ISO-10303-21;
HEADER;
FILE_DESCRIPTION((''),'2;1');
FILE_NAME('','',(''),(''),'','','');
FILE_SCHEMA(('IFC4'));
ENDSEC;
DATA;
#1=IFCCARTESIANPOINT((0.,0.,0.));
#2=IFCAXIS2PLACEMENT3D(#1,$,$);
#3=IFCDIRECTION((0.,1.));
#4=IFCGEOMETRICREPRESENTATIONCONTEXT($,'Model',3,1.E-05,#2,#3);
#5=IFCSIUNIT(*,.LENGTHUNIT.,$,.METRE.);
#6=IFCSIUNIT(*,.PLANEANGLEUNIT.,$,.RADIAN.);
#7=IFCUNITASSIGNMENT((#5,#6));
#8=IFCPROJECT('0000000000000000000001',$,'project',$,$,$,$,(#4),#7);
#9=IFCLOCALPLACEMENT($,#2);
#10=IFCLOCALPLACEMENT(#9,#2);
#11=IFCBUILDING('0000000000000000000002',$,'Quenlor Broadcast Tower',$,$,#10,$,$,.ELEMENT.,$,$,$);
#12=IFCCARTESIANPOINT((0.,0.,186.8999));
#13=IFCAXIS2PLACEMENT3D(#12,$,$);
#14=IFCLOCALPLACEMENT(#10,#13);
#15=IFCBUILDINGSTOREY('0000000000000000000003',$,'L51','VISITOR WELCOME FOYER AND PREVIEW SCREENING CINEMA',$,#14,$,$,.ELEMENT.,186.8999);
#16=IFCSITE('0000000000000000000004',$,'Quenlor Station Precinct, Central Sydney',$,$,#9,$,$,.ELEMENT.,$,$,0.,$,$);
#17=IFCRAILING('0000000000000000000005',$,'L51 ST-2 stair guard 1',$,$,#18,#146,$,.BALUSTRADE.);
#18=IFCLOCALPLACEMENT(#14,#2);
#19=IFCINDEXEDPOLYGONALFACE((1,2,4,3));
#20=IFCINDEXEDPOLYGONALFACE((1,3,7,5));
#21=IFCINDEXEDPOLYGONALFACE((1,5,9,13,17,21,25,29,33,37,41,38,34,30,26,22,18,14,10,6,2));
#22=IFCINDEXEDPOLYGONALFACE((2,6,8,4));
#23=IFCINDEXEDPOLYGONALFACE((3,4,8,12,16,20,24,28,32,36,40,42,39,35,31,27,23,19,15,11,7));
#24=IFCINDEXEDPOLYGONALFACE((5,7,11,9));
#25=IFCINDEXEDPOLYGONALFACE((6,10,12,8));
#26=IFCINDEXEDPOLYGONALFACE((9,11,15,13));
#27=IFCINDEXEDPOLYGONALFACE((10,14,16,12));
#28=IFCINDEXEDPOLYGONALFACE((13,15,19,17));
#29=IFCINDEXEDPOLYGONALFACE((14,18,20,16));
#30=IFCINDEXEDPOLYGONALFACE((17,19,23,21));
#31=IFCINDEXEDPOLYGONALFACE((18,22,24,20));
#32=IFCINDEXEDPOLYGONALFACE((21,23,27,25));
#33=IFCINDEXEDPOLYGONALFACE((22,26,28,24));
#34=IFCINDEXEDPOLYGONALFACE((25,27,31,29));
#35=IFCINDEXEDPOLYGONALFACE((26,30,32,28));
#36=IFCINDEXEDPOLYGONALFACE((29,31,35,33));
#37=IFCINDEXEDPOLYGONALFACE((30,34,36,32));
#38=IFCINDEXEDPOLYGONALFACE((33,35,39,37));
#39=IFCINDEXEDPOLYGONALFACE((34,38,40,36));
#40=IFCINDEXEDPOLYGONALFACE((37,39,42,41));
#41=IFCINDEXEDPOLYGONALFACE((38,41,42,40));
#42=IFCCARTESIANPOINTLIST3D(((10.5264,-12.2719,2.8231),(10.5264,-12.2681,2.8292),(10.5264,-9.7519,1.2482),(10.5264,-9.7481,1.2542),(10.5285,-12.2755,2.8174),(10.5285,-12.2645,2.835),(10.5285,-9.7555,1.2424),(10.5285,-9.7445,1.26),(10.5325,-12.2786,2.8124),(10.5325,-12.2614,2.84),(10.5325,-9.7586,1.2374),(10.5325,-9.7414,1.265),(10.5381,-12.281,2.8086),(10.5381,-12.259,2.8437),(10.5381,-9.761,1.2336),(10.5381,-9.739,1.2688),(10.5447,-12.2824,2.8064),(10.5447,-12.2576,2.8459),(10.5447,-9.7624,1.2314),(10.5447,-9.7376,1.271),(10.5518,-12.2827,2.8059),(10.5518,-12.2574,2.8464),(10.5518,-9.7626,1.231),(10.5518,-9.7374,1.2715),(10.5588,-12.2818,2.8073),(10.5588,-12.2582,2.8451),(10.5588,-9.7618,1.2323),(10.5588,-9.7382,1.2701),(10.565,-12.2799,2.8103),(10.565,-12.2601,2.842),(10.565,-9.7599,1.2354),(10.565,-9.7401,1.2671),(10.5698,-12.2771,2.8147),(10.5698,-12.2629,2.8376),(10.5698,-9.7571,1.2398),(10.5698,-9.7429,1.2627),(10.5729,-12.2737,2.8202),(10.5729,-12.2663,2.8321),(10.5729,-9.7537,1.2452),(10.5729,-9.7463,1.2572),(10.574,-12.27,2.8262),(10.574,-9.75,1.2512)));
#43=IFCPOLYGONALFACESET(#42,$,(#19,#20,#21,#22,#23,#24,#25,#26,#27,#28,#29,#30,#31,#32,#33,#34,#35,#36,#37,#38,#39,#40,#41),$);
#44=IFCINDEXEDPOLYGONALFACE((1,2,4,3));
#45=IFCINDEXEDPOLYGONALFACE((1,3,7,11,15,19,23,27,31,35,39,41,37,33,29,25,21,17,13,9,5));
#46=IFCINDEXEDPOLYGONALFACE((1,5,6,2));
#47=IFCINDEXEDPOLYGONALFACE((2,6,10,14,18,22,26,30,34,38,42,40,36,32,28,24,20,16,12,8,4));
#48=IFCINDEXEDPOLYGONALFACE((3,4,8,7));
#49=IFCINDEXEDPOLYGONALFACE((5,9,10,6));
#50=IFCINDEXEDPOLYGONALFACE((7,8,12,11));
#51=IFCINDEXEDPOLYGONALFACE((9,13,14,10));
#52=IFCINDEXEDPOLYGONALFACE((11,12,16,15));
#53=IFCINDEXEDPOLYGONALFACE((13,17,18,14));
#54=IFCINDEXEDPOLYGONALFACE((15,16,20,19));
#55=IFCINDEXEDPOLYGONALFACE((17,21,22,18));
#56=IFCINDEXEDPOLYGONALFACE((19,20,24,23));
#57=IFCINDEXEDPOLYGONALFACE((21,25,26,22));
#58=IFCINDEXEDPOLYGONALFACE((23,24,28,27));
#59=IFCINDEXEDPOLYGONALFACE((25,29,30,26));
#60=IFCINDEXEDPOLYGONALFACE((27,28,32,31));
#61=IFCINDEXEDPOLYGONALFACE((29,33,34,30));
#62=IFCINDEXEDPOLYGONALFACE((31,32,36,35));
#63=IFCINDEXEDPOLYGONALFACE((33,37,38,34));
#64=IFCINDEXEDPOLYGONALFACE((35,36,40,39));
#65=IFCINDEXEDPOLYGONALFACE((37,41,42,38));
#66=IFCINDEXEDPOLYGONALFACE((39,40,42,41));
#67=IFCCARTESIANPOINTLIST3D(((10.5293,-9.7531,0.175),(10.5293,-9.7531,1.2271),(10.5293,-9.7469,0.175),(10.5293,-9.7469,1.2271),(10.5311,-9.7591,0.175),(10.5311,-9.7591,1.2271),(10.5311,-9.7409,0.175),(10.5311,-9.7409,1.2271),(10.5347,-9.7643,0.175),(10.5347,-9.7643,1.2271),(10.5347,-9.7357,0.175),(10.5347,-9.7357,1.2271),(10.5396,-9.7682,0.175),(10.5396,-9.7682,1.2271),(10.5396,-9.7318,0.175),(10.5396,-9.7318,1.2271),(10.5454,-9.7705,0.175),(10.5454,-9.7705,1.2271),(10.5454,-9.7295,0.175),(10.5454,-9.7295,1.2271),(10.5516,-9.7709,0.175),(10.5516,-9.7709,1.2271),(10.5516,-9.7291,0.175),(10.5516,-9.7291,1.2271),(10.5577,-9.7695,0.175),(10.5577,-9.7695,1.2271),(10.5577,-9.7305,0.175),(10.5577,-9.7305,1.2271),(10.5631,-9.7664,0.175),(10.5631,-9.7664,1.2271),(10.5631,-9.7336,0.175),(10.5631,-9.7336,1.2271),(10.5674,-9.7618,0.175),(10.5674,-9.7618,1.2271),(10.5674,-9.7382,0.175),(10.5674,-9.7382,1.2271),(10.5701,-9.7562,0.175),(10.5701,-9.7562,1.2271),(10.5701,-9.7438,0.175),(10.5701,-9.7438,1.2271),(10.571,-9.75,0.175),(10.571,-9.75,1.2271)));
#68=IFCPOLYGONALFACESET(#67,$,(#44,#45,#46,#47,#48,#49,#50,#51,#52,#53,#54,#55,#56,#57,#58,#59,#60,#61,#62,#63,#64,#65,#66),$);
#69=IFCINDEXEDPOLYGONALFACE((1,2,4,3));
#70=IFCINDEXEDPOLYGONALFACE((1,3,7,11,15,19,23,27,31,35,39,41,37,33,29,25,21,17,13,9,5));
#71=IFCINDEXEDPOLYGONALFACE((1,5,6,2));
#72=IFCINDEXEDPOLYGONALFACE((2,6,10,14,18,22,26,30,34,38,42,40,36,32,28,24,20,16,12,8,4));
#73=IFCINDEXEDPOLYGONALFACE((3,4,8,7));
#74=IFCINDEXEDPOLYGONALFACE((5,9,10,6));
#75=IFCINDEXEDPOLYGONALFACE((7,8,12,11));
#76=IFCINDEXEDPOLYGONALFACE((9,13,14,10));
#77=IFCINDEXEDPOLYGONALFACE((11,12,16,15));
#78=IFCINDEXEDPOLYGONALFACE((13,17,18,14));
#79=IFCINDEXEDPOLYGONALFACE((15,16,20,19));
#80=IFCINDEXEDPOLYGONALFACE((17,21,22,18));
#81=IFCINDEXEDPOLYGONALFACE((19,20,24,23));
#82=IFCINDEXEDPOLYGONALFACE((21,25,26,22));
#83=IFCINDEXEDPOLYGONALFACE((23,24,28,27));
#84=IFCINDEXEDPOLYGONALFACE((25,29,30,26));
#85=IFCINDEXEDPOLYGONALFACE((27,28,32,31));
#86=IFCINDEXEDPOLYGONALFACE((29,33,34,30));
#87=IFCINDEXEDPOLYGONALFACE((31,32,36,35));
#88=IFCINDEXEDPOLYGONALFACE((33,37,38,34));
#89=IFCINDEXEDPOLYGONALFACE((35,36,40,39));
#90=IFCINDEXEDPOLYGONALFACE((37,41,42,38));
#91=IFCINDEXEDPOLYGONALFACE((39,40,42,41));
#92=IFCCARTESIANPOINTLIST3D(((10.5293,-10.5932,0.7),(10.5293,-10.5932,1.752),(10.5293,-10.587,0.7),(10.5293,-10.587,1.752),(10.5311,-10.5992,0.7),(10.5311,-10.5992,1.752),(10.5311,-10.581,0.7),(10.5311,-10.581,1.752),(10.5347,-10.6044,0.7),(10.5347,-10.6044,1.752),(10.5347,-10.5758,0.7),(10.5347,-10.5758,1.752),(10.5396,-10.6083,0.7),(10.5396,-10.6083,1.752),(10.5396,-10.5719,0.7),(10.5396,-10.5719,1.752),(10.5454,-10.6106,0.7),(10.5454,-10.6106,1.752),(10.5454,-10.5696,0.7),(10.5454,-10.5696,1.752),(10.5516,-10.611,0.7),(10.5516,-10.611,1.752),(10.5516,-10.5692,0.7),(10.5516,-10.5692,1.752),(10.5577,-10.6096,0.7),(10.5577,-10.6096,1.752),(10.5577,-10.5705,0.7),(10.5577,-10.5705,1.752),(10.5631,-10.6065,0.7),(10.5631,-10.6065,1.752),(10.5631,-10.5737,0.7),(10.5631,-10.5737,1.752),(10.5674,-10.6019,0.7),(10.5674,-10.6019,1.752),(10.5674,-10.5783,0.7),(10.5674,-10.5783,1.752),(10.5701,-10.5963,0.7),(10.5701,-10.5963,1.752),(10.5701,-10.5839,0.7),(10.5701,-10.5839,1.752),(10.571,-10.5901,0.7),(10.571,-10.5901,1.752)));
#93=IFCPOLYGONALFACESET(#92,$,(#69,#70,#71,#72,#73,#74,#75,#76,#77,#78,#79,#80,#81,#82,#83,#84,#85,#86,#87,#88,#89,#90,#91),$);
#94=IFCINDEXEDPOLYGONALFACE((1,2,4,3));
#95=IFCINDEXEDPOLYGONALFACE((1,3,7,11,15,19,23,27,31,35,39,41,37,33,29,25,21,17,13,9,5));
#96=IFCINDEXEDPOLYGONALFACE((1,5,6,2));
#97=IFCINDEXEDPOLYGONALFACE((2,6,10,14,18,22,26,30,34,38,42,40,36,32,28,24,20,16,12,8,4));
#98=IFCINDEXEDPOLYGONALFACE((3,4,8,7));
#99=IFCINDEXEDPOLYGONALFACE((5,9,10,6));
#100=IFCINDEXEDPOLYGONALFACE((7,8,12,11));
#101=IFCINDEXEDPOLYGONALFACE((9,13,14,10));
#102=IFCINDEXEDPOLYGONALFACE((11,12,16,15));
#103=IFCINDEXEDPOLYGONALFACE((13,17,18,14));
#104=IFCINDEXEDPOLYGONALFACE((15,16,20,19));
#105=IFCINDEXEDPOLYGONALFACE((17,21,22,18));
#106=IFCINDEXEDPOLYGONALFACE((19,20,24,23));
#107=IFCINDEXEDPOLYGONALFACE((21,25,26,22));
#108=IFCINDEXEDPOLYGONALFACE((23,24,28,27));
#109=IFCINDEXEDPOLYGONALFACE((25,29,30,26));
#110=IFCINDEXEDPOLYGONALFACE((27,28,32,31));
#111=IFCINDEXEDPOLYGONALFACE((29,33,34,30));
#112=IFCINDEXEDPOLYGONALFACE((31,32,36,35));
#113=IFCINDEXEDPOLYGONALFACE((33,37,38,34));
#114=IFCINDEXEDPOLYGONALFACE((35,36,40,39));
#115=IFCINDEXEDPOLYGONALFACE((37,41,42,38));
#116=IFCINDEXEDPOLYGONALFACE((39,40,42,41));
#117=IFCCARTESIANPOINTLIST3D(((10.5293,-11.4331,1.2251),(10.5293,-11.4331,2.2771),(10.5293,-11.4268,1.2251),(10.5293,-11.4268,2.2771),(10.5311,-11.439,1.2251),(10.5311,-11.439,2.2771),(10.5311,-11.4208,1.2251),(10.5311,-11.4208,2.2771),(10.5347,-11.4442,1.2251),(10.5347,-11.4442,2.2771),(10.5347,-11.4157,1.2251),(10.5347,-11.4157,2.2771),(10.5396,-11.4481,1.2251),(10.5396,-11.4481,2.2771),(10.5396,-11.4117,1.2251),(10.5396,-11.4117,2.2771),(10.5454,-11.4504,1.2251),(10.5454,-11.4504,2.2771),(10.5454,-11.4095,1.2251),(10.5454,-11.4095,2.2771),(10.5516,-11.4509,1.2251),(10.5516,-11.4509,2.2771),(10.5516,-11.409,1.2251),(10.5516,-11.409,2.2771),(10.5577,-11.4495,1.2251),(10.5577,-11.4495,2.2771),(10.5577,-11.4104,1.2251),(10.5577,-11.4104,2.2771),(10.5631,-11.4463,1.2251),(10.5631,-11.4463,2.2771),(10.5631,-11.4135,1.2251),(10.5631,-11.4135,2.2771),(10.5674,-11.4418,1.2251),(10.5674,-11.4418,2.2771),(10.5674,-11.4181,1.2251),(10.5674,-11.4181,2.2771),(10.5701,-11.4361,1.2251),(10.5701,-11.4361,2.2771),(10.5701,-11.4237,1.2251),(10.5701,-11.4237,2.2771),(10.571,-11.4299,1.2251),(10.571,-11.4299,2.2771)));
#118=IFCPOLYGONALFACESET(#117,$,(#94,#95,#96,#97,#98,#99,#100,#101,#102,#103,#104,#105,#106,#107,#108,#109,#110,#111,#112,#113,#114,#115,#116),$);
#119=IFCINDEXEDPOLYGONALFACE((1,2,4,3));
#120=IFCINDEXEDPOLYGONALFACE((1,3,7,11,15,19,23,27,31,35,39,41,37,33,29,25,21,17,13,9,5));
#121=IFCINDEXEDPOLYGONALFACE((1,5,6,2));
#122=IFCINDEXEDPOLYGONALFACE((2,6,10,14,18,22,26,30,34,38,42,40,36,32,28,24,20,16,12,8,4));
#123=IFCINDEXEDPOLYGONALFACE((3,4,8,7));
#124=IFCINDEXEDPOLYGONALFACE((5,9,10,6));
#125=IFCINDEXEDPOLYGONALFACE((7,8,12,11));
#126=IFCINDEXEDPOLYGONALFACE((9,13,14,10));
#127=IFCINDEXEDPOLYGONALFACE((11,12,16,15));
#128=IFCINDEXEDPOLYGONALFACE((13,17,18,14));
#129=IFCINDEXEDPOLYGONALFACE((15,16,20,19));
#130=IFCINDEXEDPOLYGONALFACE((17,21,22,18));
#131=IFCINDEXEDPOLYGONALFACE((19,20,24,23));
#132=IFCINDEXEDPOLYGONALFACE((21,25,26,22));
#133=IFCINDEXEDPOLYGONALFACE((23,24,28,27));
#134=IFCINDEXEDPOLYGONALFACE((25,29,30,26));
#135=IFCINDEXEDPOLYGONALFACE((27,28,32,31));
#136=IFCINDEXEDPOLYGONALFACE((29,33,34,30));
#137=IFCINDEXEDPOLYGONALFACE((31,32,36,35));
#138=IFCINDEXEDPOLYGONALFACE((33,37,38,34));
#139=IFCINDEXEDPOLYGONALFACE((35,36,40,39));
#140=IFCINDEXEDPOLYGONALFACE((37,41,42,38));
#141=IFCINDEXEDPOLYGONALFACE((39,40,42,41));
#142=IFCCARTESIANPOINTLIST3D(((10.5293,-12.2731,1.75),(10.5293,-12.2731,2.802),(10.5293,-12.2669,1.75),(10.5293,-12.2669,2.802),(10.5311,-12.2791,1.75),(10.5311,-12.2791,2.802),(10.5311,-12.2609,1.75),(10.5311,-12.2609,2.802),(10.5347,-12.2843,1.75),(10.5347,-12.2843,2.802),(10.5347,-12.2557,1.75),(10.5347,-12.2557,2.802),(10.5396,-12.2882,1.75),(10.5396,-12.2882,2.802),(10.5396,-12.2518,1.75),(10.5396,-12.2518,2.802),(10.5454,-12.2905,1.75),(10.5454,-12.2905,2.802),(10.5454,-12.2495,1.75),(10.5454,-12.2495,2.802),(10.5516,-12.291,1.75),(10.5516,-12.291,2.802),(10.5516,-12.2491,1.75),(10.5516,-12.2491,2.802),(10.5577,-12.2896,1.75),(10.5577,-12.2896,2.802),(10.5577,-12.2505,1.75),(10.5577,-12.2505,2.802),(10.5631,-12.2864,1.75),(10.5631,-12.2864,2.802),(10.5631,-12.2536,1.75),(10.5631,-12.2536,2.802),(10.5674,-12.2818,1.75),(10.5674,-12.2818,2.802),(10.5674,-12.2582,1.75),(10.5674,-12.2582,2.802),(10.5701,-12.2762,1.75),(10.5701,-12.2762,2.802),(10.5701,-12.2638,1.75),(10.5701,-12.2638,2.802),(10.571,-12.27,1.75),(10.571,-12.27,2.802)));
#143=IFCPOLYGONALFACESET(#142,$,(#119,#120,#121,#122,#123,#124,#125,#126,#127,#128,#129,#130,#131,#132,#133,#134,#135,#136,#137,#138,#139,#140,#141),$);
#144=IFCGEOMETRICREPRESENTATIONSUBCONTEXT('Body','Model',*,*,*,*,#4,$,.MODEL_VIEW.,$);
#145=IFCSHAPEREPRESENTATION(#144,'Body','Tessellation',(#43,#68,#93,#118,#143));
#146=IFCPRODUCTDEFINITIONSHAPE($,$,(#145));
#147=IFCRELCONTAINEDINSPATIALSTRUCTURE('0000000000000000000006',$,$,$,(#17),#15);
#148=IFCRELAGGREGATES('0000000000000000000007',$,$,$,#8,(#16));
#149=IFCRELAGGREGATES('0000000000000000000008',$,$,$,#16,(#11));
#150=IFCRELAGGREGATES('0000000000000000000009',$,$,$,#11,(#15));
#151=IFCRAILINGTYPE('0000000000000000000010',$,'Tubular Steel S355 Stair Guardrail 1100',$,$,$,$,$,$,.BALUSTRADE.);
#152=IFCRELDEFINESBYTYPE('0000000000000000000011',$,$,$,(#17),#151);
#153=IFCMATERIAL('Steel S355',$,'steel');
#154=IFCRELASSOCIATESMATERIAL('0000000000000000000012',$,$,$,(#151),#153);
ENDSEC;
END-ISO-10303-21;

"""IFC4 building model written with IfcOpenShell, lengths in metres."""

from ifc_helpers import new_model, si_unit, direction, frame, origin, origin_2d, place, context, subcontext, project, spatial, circle, extrude, material, type_object, element, save


model = new_model("IFC4")

# Units and contexts
model_context = context("Model", 3, precision=1e-05, world=origin(), true_north=direction((0.0, 1.0)))
body_context = subcontext(model_context, "Body", "Model", "MODEL_VIEW")
ifc_project = project(units=[si_unit("LENGTHUNIT", "METRE"), si_unit("PLANEANGLEUNIT", "RADIAN")], contexts=[model_context])

# Site, building, storey
site_placement = place(None, origin())
site = spatial("IfcSite", under=ifc_project, at=site_placement, Name="Quenlor Station Precinct, Central Sydney", CompositionType="ELEMENT", RefElevation=0.0)
building_placement = place(site_placement, origin())
building = spatial("IfcBuilding", under=site, at=building_placement, Name="Quenlor Broadcast Tower", CompositionType="ELEMENT")
storey_placement = place(building_placement, frame((0.0, 0.0, 186.8999)))
storey = spatial("IfcBuildingStorey", under=building, at=storey_placement, Name="L51", Description="VISITOR WELCOME FOYER AND PREVIEW SCREENING CINEMA", CompositionType="ELEMENT", Elevation=186.8999)

# Railing
ifc_material_1 = material(Name="Steel S355", Category="steel")
railing_type_1 = type_object("IfcRailingType", Name="Tubular Steel S355 Stair Guardrail 1100", PredefinedType="BALUSTRADE", material=ifc_material_1)
railing_1_placement = place(storey_placement, frame((10.55, -9.75, 0.175)))
element("IfcRailing", 1, at=railing_1_placement, inside=storey, type_object=railing_type_1, Name="L51 ST-2 stair guard 1", PredefinedType="BALUSTRADE", context=body_context, shape_type="SweptSolid", body=[
    extrude(circle(Radius=0.0239, at=origin_2d()), frame((0.0, 0.0, 1.0762), z_axis=(0.0, -0.848008, 0.529984), x_axis=(1.0, 0.0, 0.0)), (0.0, 0.0, 1.0), 2.9717),
    extrude(circle(Radius=0.021, at=origin_2d()), origin(), (0.0, 0.0, 1.0), 1.052),
    extrude(circle(Radius=0.021, at=origin_2d()), frame((0.0, -0.8401, 0.5249)), (0.0, 0.0, 1.0), 1.052),
    extrude(circle(Radius=0.021, at=origin_2d()), frame((0.0, -1.6799, 1.05)), (0.0, 0.0, 1.0), 1.052),
    extrude(circle(Radius=0.021, at=origin_2d()), frame((0.0, -2.52, 1.575)), (0.0, 0.0, 1.0), 1.052),
])

save(model, "model.ifc")
